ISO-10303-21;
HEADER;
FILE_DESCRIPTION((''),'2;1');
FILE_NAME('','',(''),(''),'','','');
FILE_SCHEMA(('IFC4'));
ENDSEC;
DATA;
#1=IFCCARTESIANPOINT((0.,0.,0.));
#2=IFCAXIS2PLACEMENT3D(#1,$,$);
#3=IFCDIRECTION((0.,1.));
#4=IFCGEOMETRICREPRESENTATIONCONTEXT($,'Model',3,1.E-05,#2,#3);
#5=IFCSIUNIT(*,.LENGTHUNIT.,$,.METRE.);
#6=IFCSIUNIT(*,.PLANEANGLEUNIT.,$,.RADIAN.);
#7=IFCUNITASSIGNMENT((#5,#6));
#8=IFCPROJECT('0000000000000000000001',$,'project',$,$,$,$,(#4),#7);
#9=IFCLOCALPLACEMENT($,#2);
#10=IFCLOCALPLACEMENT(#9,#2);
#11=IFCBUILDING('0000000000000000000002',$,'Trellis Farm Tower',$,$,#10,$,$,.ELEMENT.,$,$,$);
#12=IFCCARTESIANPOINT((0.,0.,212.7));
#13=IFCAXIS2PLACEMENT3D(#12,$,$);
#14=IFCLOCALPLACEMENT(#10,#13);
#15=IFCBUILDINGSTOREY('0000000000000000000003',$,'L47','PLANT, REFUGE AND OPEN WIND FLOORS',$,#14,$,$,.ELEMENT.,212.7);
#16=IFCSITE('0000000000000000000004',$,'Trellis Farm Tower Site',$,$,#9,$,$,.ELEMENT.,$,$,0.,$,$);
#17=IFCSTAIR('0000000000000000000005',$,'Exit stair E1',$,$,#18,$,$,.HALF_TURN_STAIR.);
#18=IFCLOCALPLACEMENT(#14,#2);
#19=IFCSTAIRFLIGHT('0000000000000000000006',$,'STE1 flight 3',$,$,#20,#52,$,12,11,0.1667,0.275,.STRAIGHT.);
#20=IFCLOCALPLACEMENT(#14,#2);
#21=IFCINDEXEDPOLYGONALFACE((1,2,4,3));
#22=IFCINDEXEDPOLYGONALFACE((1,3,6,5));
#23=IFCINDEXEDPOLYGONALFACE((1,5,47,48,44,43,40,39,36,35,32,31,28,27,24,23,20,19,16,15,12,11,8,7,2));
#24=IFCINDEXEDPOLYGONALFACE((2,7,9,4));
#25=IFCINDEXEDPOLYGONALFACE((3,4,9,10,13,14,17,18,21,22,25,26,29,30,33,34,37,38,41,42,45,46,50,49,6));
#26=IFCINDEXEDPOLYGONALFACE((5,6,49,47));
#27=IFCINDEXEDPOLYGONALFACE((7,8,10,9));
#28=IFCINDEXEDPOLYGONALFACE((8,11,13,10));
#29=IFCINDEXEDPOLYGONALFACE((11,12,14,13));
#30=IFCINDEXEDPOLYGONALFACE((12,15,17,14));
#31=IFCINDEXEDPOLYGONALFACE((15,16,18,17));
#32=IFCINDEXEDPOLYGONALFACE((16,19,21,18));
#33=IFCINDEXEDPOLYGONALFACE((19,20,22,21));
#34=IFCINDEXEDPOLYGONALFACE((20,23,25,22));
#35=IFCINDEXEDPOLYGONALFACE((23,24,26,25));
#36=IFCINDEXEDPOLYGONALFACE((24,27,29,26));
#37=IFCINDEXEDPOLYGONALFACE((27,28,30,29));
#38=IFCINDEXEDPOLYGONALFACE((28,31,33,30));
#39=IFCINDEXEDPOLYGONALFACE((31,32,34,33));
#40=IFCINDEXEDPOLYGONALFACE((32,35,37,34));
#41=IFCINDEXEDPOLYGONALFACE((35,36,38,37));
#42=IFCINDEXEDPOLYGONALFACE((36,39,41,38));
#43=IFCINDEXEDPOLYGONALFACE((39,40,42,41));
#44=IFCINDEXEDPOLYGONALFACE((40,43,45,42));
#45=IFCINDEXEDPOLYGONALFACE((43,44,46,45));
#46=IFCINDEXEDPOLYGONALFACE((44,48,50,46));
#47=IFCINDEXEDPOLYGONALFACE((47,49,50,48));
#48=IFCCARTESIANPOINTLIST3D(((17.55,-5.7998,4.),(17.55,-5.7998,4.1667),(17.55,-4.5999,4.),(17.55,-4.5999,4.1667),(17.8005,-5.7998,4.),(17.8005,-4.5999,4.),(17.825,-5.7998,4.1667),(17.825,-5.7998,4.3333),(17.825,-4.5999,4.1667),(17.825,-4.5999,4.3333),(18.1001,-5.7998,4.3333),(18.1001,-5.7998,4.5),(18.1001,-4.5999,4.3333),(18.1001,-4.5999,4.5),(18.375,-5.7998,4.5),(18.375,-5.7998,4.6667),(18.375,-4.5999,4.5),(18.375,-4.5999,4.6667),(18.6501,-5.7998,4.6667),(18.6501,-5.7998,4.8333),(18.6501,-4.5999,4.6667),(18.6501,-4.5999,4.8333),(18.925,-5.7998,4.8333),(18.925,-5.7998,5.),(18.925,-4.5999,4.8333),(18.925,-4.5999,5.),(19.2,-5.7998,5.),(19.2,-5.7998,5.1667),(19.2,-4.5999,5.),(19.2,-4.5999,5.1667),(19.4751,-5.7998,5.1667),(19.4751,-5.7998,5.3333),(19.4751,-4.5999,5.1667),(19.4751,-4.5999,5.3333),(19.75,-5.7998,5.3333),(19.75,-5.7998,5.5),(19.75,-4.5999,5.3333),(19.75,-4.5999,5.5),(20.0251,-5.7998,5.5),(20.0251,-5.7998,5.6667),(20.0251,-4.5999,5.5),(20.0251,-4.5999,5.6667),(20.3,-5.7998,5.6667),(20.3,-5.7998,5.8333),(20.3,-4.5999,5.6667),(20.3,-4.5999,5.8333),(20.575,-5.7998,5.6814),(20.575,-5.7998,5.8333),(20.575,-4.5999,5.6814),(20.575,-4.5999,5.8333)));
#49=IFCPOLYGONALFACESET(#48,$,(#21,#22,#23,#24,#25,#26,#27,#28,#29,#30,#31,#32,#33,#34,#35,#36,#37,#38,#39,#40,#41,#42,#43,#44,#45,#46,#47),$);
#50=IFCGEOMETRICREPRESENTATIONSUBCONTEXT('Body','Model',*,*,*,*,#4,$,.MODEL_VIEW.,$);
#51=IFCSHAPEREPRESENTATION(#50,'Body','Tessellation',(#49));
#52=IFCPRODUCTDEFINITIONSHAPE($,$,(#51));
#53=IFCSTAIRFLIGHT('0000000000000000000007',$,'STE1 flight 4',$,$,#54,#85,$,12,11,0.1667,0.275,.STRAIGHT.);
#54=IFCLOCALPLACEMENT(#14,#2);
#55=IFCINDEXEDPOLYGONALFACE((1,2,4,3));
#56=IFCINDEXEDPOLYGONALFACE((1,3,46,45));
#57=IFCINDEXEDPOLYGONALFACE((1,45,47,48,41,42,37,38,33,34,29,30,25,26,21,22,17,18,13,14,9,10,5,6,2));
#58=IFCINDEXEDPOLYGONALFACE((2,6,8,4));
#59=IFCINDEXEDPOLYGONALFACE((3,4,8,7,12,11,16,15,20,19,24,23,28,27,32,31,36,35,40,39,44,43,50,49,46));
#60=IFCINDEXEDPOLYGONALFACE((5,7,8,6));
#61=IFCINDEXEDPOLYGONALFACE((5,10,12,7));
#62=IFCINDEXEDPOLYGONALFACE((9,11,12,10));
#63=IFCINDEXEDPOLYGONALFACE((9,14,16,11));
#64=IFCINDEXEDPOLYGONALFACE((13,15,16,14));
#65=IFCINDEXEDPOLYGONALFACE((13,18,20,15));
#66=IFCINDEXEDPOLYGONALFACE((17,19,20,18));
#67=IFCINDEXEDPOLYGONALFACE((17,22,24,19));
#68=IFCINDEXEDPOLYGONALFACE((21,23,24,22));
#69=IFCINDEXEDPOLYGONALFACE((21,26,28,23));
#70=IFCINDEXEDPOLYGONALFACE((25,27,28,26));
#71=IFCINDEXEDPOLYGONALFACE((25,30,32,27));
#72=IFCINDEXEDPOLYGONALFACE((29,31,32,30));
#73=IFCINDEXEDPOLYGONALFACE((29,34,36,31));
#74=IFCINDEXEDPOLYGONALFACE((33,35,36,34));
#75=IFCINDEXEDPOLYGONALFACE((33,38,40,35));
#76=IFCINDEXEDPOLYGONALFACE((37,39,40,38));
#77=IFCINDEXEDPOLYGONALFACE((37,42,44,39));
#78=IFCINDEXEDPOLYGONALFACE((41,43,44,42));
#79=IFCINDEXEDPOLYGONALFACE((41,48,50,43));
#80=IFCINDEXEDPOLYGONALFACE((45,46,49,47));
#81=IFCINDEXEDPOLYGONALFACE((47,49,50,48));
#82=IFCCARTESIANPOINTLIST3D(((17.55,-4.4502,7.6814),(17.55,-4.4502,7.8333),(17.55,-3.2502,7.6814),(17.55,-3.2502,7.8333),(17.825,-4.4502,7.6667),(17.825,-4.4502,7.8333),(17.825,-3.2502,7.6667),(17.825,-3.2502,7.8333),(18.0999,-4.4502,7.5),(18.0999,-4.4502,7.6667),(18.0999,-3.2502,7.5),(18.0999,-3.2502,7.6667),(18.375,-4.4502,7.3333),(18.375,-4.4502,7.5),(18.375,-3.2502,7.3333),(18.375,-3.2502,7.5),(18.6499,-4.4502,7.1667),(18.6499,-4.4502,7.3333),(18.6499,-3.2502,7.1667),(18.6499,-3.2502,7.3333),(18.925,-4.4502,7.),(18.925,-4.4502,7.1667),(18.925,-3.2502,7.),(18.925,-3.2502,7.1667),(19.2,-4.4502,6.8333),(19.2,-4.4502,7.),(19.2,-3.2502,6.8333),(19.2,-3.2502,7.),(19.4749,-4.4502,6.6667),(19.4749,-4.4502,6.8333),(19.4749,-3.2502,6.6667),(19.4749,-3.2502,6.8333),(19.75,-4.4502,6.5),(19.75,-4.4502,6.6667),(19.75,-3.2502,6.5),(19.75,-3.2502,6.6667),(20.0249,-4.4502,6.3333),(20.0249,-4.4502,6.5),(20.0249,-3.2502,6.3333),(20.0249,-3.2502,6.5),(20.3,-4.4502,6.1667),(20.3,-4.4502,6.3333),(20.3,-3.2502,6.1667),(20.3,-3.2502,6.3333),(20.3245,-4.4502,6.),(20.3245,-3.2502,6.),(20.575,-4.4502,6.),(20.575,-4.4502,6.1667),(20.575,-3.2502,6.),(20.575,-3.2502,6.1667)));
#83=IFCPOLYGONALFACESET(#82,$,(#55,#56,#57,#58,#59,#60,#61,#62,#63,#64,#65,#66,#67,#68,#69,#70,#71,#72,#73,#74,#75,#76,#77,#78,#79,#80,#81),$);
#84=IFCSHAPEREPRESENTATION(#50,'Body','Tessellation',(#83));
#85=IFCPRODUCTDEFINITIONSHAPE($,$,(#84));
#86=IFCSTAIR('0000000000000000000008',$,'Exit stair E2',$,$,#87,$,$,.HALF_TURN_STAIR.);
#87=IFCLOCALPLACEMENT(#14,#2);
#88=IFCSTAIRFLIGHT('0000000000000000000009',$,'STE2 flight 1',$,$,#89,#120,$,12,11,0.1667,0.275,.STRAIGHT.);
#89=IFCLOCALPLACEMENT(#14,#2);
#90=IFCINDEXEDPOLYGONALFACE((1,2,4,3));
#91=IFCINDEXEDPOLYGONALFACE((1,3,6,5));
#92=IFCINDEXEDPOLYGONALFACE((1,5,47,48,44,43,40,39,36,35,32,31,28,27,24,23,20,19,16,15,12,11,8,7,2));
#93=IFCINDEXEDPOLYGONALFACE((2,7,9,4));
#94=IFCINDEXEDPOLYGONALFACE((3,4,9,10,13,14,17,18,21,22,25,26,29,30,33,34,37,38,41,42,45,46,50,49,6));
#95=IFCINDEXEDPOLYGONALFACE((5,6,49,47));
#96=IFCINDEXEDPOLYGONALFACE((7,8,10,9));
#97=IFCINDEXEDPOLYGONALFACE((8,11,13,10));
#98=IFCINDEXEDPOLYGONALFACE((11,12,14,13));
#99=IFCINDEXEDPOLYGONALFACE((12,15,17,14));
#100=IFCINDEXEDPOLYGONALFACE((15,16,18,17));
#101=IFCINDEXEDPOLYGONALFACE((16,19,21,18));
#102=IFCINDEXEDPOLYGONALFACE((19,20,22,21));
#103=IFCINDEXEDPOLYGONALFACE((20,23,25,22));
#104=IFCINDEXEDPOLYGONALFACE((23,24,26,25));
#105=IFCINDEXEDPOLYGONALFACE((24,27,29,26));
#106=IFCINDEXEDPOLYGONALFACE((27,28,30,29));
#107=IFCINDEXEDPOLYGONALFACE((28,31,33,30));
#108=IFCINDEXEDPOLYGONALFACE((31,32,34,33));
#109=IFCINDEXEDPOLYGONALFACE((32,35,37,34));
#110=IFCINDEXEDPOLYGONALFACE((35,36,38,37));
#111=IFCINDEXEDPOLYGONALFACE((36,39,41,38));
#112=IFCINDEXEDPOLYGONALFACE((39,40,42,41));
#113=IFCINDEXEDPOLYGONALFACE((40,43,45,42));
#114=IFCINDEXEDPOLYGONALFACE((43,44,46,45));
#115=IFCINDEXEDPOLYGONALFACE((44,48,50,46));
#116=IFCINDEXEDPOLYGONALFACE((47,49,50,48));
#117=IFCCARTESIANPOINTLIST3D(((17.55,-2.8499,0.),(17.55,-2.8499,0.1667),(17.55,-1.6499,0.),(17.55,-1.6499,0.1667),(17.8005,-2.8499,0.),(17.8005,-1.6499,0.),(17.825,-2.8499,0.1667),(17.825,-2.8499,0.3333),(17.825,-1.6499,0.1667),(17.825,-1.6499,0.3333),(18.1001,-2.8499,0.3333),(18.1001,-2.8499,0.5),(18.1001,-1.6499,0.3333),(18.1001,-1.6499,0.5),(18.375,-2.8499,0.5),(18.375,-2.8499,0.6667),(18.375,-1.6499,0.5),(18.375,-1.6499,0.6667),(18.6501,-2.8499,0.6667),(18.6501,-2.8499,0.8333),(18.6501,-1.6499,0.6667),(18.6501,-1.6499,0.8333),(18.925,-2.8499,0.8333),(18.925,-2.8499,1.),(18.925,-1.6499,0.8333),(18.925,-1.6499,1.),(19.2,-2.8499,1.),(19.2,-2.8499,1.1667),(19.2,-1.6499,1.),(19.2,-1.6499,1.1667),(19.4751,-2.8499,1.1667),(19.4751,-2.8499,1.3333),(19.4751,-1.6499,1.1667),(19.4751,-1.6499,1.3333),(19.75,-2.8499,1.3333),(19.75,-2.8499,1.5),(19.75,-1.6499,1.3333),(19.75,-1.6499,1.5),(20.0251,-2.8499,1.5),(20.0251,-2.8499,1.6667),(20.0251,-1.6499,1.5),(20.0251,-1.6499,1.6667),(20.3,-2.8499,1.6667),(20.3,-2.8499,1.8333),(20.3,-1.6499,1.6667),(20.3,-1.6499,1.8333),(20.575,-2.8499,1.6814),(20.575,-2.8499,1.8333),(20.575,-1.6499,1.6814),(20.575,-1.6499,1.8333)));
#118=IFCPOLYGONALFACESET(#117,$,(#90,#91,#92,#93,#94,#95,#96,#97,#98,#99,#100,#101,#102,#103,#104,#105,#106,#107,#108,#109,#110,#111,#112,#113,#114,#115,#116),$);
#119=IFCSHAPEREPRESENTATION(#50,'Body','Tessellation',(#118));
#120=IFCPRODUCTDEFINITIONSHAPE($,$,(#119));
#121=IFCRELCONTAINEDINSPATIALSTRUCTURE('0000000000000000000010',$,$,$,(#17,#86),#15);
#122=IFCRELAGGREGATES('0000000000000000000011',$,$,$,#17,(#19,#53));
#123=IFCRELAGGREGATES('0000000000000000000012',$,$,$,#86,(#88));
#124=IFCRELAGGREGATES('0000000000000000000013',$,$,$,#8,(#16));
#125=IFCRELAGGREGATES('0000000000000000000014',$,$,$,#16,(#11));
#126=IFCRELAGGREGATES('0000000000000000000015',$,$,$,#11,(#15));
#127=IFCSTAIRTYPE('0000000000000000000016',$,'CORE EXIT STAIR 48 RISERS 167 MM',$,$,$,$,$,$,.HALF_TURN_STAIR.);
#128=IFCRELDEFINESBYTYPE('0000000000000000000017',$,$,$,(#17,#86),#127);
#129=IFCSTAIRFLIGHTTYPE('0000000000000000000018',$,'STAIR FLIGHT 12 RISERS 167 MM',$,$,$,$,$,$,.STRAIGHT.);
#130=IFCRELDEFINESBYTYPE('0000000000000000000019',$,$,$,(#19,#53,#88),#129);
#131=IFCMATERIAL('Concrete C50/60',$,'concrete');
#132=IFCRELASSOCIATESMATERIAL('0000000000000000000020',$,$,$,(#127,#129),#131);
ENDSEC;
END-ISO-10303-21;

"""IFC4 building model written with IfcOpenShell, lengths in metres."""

from ifc_helpers import new_model, si_unit, direction, frame, origin, place, context, subcontext, project, spatial, polyline, outline, extrude, source, transform, mapped, material, type_object, element, aggregate, save


model = new_model("IFC4")

# Units and contexts
model_context = context("Model", 3, precision=1e-05, world=origin(), true_north=direction((0.0, 1.0)))
body_context = subcontext(model_context, "Body", "Model", "MODEL_VIEW")
ifc_project = project(units=[si_unit("LENGTHUNIT", "METRE"), si_unit("PLANEANGLEUNIT", "RADIAN")], contexts=[model_context])

# Site, building, storey
site_placement = place(None, origin())
site = spatial("IfcSite", under=ifc_project, at=site_placement, Name="Trellis Farm Tower Site", CompositionType="ELEMENT", RefElevation=0.0)
building_placement = place(site_placement, origin())
building = spatial("IfcBuilding", under=site, at=building_placement, Name="Trellis Farm Tower", CompositionType="ELEMENT")
storey_placement = place(building_placement, frame((0.0, 0.0, 212.7)))
storey = spatial("IfcBuildingStorey", under=building, at=storey_placement, Name="L47", Description="PLANT, REFUGE AND OPEN WIND FLOORS", CompositionType="ELEMENT", Elevation=212.7)

# Stair, stair flights
ifc_material_1 = material(Name="Concrete C50/60", Category="concrete")
stair_type = type_object("IfcStairType", Name="CORE EXIT STAIR 48 RISERS 167 MM", PredefinedType="HALF_TURN_STAIR", material=ifc_material_1)
placement = place(storey_placement, origin())
stair_1 = element("IfcStair", 1, at=placement, inside=storey, type_object=stair_type, Name="Exit stair E1", PredefinedType="HALF_TURN_STAIR")
stair_flight_type = type_object("IfcStairFlightType", Name="STAIR FLIGHT 12 RISERS 167 MM", PredefinedType="STRAIGHT", material=ifc_material_1)
shared_shape_1 = source(origin(), body_context, "Body", "SweptSolid", [
    extrude(outline(polyline([(0.0, 0.0), (0.0, 0.1667), (0.2749, 0.1667), (0.2749, 0.3333), (0.55, 0.3333), (0.55, 0.5), (0.825, 0.5), (0.825, 0.6667), (1.1001, 0.6667), (1.1001, 0.8333), (1.375, 0.8333), (1.375, 1.0), (1.6499, 1.0), (1.6499, 1.1667), (1.925, 1.1667), (1.925, 1.3333), (2.2, 1.3333), (2.2, 1.5), (2.4751, 1.5), (2.4751, 1.6667), (2.75, 1.6667), (2.75, 1.8333), (3.0249, 1.8333), (3.0249, 2.0), (3.0249, 1.6814), (0.2505, 0.0), (0.0, 0.0)])), frame((0.0, 0.6001, 0.0), z_axis=(0.0, -1.0, 0.0), x_axis=(1.0, 0.0, 0.0)), (0.0, 0.0, 1.0), 1.2),
])
stair_flight_1_placement = place(storey_placement, frame((17.55, -5.2, 4.0), z_axis=(0.0, 0.0, 1.0), x_axis=(1.0, 0.0, 0.0)))
stair_flight_1 = element("IfcStairFlight", 2, at=stair_flight_1_placement, type_object=stair_flight_type, Name="STE1 flight 3", NumberOfRisers=12, NumberOfTreads=11, PredefinedType="STRAIGHT", RiserHeight=0.1667, TreadLength=0.275, context=body_context, shape_type="MappedRepresentation", body=[
    mapped(shared_shape_1, transform((0.0, 0.0, 0.0))),
])
stair_flight_2_placement = place(storey_placement, frame((20.575, -3.8501, 6.0), z_axis=(0.0, 0.0, 1.0), x_axis=(-1.0, 0.0, 0.0)))
stair_flight_2 = element("IfcStairFlight", 3, at=stair_flight_2_placement, type_object=stair_flight_type, Name="STE1 flight 4", NumberOfRisers=12, NumberOfTreads=11, PredefinedType="STRAIGHT", RiserHeight=0.1667, TreadLength=0.275, context=body_context, shape_type="MappedRepresentation", body=[
    mapped(shared_shape_1, transform((0.0, 0.0, 0.0))),
])
aggregate(stair_1, [stair_flight_1, stair_flight_2])

# Stair, stair flight
stair_2 = element("IfcStair", 4, at=placement, inside=storey, type_object=stair_type, Name="Exit stair E2", PredefinedType="HALF_TURN_STAIR")
stair_flight_3_placement = place(storey_placement, frame((17.55, -2.25, 0.0), z_axis=(0.0, 0.0, 1.0), x_axis=(1.0, 0.0, 0.0)))
stair_flight_3 = element("IfcStairFlight", 5, at=stair_flight_3_placement, type_object=stair_flight_type, Name="STE2 flight 1", NumberOfRisers=12, NumberOfTreads=11, PredefinedType="STRAIGHT", RiserHeight=0.1667, TreadLength=0.275, context=body_context, shape_type="MappedRepresentation", body=[
    mapped(shared_shape_1, transform((0.0, 0.0, 0.0))),
])
aggregate(stair_2, [stair_flight_3])

save(model, "model.ifc")
